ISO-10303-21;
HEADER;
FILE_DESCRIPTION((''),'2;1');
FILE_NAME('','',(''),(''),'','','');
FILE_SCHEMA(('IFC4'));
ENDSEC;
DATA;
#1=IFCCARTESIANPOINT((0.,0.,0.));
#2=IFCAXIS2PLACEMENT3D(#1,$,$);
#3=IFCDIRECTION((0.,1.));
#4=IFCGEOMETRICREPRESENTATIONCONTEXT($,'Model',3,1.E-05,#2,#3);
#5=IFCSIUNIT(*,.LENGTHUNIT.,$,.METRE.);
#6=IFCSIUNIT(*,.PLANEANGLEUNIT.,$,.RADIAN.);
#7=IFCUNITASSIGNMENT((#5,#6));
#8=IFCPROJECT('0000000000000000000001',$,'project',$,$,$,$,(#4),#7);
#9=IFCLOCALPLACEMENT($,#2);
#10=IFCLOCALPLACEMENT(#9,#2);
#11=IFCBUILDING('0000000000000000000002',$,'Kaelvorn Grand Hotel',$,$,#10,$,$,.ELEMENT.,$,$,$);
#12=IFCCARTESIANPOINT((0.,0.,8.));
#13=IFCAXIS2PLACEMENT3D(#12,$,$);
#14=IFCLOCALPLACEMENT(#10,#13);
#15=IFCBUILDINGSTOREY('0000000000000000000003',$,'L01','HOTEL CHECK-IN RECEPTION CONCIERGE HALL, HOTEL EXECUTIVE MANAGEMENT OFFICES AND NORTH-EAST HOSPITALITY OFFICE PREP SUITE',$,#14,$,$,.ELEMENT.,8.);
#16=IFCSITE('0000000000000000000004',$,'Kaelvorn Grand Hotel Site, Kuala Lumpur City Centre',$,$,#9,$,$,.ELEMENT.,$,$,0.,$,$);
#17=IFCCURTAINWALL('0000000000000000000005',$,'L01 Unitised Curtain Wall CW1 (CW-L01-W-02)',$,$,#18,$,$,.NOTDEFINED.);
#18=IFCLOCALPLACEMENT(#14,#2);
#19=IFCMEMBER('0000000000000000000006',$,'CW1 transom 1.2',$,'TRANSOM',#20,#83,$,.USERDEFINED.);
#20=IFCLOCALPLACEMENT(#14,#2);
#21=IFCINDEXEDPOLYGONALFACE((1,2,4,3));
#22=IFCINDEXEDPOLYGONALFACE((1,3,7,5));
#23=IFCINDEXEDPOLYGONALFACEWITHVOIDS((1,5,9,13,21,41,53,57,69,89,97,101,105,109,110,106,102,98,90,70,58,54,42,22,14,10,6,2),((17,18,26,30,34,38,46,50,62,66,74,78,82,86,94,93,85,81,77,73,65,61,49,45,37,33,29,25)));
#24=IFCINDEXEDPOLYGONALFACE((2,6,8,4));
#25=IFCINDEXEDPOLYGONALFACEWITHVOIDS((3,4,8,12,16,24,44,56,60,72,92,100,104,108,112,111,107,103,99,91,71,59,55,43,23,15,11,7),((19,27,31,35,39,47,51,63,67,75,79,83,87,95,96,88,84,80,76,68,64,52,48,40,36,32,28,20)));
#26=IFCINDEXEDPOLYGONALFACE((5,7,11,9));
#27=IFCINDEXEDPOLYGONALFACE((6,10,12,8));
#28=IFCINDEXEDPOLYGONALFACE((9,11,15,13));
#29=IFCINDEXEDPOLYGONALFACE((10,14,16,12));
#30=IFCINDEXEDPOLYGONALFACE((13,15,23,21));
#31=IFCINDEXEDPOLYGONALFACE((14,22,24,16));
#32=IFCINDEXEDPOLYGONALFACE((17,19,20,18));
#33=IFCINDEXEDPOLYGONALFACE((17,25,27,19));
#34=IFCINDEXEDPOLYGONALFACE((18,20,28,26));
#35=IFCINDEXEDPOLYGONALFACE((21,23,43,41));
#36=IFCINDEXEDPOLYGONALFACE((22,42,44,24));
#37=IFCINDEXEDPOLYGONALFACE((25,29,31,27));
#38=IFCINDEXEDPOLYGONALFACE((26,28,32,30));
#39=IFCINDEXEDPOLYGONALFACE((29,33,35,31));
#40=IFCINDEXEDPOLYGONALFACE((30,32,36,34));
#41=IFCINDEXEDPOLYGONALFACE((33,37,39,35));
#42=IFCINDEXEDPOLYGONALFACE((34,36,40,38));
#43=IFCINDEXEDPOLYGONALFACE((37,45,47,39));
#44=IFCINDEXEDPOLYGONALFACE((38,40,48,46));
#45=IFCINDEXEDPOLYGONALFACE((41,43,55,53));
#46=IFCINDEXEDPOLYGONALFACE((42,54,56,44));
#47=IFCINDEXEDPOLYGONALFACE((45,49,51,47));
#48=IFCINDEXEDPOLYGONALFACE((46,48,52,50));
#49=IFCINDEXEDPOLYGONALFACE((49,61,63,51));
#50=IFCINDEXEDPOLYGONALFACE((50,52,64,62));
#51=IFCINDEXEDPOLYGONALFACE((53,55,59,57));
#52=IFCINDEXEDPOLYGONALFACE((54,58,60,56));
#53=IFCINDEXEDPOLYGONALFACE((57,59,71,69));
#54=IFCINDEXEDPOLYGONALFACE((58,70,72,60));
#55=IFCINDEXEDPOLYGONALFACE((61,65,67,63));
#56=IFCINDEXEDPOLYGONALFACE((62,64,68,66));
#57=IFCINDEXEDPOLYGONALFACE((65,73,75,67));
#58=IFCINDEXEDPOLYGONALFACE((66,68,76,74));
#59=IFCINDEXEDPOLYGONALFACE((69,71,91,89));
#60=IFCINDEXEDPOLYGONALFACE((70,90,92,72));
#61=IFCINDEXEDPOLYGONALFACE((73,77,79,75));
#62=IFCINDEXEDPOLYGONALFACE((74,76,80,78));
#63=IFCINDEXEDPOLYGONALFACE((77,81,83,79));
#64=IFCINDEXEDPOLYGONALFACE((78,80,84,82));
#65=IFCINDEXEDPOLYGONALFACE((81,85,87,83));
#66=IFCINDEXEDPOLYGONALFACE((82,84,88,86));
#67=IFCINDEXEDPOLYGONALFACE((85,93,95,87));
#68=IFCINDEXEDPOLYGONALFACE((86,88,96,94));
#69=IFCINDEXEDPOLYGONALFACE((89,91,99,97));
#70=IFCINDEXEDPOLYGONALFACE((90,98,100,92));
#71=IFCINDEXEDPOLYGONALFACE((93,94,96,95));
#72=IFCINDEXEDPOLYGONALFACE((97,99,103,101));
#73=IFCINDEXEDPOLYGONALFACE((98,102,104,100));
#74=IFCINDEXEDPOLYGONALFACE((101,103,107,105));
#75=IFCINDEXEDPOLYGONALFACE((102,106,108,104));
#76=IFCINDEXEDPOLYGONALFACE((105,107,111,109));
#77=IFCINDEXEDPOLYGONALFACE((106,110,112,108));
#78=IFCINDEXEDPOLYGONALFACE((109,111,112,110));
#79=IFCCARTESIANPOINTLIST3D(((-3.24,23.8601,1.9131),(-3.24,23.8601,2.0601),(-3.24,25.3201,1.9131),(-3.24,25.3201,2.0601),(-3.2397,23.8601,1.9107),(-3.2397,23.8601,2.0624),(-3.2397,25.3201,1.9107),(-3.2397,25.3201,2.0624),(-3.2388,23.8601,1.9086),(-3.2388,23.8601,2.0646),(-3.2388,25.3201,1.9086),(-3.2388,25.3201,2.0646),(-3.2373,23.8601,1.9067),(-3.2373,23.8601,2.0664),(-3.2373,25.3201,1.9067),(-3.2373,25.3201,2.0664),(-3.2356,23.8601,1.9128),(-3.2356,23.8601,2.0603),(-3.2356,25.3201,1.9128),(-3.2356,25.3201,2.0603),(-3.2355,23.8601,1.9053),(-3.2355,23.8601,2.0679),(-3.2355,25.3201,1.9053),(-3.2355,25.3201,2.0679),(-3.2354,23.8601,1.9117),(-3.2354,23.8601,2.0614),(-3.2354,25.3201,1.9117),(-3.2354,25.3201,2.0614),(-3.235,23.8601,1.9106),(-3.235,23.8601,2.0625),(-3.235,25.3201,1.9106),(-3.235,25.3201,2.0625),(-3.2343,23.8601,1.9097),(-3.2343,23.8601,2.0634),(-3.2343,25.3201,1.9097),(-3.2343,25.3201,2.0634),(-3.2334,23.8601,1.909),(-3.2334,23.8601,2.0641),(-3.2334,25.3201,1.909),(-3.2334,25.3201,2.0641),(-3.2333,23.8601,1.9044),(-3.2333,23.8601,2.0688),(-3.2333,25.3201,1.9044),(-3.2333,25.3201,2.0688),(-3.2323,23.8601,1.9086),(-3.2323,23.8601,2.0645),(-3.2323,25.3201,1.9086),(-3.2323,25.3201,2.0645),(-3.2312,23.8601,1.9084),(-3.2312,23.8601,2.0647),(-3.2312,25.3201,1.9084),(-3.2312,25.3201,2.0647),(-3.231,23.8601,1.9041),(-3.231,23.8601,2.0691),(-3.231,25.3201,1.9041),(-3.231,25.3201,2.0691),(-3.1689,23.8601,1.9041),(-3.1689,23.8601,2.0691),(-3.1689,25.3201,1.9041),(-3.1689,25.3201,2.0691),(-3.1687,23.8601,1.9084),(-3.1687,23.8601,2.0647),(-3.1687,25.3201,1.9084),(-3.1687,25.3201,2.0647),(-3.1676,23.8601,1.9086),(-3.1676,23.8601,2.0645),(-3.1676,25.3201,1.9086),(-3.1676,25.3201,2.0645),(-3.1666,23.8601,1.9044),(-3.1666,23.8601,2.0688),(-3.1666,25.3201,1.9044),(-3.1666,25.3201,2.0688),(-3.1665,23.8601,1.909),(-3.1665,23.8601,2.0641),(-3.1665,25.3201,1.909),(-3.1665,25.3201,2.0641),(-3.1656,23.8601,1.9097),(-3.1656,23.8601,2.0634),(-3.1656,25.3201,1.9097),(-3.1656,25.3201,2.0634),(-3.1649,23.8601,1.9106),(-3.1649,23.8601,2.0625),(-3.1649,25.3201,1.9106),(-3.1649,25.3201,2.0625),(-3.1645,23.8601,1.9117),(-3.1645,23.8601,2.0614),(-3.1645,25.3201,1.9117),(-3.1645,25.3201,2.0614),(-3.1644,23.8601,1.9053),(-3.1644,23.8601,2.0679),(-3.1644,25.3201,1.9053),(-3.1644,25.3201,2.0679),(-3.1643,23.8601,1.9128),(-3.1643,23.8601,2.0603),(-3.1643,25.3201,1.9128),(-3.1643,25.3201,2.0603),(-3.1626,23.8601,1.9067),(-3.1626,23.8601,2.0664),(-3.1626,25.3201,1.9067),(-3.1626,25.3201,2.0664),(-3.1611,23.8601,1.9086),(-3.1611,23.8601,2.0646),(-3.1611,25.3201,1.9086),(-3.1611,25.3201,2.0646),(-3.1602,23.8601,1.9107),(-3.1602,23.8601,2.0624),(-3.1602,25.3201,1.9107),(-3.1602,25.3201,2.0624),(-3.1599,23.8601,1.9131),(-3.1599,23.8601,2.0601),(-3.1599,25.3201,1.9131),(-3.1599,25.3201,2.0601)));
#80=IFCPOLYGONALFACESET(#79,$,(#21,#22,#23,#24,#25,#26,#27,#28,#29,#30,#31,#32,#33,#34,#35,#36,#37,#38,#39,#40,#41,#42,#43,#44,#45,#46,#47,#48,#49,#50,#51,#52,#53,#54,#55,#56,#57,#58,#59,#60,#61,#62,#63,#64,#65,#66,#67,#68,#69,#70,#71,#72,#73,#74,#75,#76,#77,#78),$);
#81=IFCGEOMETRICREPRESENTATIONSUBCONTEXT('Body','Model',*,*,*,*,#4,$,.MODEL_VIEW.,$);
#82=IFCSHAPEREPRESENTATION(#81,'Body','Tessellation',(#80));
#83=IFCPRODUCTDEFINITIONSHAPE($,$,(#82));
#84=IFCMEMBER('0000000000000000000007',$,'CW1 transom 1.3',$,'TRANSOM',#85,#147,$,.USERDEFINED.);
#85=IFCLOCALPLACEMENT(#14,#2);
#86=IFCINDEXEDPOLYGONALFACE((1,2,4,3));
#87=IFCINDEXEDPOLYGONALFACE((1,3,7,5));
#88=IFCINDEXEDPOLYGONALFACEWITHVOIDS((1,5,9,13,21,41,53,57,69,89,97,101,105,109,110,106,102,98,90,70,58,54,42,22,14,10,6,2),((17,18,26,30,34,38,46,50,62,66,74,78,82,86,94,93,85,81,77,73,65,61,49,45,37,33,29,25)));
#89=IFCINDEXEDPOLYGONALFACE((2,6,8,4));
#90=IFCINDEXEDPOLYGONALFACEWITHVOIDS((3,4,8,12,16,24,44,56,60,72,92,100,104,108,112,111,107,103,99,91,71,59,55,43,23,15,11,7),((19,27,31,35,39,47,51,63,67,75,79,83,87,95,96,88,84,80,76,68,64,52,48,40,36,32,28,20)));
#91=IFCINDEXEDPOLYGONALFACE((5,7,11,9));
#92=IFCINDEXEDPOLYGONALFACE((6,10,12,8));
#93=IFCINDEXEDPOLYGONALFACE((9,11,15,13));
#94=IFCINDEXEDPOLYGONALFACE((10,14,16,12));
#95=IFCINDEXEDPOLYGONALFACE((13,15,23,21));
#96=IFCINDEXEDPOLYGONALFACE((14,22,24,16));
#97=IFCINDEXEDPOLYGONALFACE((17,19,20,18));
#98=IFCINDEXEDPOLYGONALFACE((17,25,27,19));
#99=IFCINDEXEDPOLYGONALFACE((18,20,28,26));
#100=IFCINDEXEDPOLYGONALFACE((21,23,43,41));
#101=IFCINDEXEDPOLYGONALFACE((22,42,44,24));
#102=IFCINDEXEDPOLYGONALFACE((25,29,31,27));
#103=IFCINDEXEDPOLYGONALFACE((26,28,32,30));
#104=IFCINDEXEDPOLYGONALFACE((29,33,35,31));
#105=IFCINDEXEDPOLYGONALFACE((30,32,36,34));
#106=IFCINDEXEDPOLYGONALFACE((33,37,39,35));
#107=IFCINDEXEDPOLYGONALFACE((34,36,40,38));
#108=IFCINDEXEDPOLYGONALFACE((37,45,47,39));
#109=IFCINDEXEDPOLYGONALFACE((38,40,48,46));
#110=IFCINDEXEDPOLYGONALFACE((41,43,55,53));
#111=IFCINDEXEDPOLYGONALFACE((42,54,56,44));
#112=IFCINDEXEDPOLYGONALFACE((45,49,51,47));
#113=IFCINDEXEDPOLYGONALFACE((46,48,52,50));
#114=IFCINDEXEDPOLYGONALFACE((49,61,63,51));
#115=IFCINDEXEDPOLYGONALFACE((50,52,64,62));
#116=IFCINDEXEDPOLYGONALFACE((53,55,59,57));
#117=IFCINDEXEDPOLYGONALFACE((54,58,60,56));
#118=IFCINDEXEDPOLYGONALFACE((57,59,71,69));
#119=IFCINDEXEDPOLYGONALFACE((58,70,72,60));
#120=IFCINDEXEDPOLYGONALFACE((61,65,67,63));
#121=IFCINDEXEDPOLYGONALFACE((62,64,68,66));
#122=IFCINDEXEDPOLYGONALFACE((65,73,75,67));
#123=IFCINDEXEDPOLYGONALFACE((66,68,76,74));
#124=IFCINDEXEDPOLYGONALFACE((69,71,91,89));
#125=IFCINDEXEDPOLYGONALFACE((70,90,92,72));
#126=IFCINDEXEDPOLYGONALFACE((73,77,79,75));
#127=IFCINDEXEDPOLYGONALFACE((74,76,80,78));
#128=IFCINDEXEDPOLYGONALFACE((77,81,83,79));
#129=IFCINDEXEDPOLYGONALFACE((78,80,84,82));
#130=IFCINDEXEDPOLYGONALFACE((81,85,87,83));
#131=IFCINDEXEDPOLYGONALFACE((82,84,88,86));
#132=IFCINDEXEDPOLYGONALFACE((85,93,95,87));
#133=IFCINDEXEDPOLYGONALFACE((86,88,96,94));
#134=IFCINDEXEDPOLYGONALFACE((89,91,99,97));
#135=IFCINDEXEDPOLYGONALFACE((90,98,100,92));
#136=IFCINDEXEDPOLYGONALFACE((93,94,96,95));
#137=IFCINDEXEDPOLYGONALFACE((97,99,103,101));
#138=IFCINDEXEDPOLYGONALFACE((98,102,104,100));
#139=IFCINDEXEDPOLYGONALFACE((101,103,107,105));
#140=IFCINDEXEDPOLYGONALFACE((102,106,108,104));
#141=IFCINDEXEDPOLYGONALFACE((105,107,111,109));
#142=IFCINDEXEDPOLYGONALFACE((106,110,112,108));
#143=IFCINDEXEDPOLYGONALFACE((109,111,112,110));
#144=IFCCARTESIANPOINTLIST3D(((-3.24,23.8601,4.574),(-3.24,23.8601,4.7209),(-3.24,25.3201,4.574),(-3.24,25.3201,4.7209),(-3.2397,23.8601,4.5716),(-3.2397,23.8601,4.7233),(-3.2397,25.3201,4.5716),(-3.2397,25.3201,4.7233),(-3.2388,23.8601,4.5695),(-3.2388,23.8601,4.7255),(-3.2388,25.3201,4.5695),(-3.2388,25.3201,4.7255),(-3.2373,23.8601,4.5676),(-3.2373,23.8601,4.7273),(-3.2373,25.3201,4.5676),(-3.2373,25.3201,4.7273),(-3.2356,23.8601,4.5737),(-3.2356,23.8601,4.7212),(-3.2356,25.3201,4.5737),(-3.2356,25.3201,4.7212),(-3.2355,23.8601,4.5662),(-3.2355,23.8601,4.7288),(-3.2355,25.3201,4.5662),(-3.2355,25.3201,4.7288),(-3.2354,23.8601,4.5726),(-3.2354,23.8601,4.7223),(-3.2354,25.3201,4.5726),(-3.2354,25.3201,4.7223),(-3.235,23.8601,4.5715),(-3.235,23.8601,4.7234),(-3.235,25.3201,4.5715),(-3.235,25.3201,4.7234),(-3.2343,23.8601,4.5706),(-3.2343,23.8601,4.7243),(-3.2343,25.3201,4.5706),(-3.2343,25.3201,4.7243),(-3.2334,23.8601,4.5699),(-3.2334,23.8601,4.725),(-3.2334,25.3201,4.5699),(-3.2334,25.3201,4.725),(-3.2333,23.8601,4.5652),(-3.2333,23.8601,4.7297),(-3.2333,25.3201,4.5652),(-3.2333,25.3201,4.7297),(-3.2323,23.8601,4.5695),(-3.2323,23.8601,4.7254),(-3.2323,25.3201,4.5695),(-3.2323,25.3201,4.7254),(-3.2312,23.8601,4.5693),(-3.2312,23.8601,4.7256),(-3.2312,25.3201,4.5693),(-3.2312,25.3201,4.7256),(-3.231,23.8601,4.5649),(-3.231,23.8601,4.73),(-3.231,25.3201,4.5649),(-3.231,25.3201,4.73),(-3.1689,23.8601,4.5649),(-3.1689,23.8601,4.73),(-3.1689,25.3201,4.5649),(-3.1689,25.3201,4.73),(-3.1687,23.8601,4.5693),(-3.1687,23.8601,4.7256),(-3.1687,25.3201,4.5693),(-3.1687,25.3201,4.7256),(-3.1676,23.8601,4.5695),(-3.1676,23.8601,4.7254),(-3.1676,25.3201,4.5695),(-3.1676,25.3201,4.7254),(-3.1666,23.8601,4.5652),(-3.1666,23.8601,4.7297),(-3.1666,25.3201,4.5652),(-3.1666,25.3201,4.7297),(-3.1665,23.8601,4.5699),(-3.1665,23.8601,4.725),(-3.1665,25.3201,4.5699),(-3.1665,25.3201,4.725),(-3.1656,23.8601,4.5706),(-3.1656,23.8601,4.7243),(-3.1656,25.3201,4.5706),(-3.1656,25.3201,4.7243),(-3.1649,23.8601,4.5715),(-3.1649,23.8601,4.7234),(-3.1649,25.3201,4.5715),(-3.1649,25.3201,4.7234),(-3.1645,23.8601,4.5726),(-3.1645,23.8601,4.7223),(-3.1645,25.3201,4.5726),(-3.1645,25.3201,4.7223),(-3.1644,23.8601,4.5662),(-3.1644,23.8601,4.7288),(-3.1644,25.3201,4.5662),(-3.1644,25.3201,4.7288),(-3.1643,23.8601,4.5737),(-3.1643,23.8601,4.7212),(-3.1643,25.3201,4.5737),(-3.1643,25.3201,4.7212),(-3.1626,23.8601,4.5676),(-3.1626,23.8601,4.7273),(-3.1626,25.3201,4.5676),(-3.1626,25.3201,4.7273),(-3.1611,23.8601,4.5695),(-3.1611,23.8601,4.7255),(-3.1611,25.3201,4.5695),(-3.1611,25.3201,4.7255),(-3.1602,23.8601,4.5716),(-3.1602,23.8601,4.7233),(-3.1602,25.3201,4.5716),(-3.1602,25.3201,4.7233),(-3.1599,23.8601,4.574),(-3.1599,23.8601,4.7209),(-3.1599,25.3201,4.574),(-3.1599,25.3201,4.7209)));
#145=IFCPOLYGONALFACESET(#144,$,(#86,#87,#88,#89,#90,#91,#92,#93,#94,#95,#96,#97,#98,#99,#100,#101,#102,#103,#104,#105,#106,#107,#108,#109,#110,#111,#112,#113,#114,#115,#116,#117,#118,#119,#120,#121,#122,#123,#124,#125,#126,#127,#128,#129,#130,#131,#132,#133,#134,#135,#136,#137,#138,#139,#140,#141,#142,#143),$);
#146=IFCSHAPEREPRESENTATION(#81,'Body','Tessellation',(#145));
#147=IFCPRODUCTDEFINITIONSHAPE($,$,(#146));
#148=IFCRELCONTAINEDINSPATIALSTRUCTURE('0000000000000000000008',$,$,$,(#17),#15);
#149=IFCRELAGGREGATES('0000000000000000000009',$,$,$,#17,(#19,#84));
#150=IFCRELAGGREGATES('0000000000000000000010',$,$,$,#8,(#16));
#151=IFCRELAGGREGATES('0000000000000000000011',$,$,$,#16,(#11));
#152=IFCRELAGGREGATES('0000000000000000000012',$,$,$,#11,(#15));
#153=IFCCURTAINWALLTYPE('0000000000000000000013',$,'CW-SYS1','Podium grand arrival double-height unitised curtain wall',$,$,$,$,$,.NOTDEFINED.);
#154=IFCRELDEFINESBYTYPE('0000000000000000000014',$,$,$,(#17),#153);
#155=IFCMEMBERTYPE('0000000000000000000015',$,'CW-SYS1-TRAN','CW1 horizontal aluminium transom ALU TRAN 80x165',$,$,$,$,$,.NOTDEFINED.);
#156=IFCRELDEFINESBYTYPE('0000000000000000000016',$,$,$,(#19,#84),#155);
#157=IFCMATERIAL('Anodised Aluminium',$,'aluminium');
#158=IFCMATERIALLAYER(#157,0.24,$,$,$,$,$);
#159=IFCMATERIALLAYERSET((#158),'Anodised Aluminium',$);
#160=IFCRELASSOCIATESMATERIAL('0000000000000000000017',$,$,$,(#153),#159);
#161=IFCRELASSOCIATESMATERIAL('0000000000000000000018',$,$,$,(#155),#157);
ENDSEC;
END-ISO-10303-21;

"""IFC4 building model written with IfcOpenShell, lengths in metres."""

from ifc_helpers import new_model, si_unit, direction, frame, origin, origin_2d, place, context, subcontext, project, spatial, hollow_rectangle, extrude, material, layer, layer_set, material_profile, profile_set, type_object, element, aggregate, save


model = new_model("IFC4")

# Units and contexts
model_context = context("Model", 3, precision=1e-05, world=origin(), true_north=direction((0.0, 1.0)))
body_context = subcontext(model_context, "Body", "Model", "MODEL_VIEW")
ifc_project = project(units=[si_unit("LENGTHUNIT", "METRE"), si_unit("PLANEANGLEUNIT", "RADIAN")], contexts=[model_context])

# Site, building, storey
site_placement = place(None, origin())
site = spatial("IfcSite", under=ifc_project, at=site_placement, Name="Kaelvorn Grand Hotel Site, Kuala Lumpur City Centre", CompositionType="ELEMENT", RefElevation=0.0)
building_placement = place(site_placement, origin())
building = spatial("IfcBuilding", under=site, at=building_placement, Name="Kaelvorn Grand Hotel", CompositionType="ELEMENT")
storey_placement = place(building_placement, frame((0.0, 0.0, 8.0)))
storey = spatial("IfcBuildingStorey", under=building, at=storey_placement, Name="L01", Description="HOTEL CHECK-IN RECEPTION CONCIERGE HALL, HOTEL EXECUTIVE MANAGEMENT OFFICES AND NORTH-EAST HOSPITALITY OFFICE PREP SUITE", CompositionType="ELEMENT", Elevation=8.0)

# Curtain wall, members
ifc_material_1 = material(Name="Anodised Aluminium", Category="aluminium")
ifc_layer_1 = layer(ifc_material_1, 0.24)
ifc_layer_set_1 = layer_set([ifc_layer_1], Name="Anodised Aluminium")
curtain_wall_type = type_object("IfcCurtainWallType", Name="CW-SYS1", Description="Podium grand arrival double-height unitised curtain wall", PredefinedType="NOTDEFINED", material=ifc_layer_set_1)
curtain_wall_placement = place(storey_placement, origin())
curtain_wall = element("IfcCurtainWall", 1, at=curtain_wall_placement, inside=storey, type_object=curtain_wall_type, Name="L01 Unitised Curtain Wall CW1 (CW-L01-W-02)", PredefinedType="NOTDEFINED")
ifc_material_profile_1 = material_profile(ifc_material_1, hollow_rectangle(XDim=0.0801, YDim=0.165, WallThickness=0.0044, InnerFilletRadius=0.0044, OuterFilletRadius=0.009, at=origin_2d()), Name="ALU TRAN 80x165")
ifc_profile_set_1 = profile_set([ifc_material_profile_1], Name="Anodised Aluminium")
member_type_1 = type_object("IfcMemberType", Name="CW-SYS1-TRAN", Description="CW1 horizontal aluminium transom ALU TRAN 80x165", PredefinedType="NOTDEFINED", material=ifc_profile_set_1)
member_1_placement = place(storey_placement, frame((-3.2, 25.3201, 1.9866), z_axis=(0.0, -1.0, 0.0), x_axis=(1.0, 0.0, 0.0)))
member_1 = element("IfcMember", 2, at=member_1_placement, type_object=member_type_1, Name="CW1 transom 1.2", ObjectType="TRANSOM", PredefinedType="USERDEFINED", context=body_context, shape_type="SweptSolid", body=[
    extrude(hollow_rectangle(XDim=0.0801, YDim=0.165, WallThickness=0.0044, InnerFilletRadius=0.0044, OuterFilletRadius=0.009, at=origin_2d()), origin(), (0.0, 0.0, 1.0), 1.46),
])
member_2_placement = place(storey_placement, frame((-3.2, 25.3201, 4.6475), z_axis=(0.0, -1.0, 0.0), x_axis=(1.0, 0.0, 0.0)))
member_2 = element("IfcMember", 3, at=member_2_placement, type_object=member_type_1, Name="CW1 transom 1.3", ObjectType="TRANSOM", PredefinedType="USERDEFINED", context=body_context, shape_type="SweptSolid", body=[
    extrude(hollow_rectangle(XDim=0.0801, YDim=0.165, WallThickness=0.0044, InnerFilletRadius=0.0044, OuterFilletRadius=0.009, at=origin_2d()), origin(), (0.0, 0.0, 1.0), 1.46),
])
aggregate(curtain_wall, [member_1, member_2])

save(model, "model.ifc")
